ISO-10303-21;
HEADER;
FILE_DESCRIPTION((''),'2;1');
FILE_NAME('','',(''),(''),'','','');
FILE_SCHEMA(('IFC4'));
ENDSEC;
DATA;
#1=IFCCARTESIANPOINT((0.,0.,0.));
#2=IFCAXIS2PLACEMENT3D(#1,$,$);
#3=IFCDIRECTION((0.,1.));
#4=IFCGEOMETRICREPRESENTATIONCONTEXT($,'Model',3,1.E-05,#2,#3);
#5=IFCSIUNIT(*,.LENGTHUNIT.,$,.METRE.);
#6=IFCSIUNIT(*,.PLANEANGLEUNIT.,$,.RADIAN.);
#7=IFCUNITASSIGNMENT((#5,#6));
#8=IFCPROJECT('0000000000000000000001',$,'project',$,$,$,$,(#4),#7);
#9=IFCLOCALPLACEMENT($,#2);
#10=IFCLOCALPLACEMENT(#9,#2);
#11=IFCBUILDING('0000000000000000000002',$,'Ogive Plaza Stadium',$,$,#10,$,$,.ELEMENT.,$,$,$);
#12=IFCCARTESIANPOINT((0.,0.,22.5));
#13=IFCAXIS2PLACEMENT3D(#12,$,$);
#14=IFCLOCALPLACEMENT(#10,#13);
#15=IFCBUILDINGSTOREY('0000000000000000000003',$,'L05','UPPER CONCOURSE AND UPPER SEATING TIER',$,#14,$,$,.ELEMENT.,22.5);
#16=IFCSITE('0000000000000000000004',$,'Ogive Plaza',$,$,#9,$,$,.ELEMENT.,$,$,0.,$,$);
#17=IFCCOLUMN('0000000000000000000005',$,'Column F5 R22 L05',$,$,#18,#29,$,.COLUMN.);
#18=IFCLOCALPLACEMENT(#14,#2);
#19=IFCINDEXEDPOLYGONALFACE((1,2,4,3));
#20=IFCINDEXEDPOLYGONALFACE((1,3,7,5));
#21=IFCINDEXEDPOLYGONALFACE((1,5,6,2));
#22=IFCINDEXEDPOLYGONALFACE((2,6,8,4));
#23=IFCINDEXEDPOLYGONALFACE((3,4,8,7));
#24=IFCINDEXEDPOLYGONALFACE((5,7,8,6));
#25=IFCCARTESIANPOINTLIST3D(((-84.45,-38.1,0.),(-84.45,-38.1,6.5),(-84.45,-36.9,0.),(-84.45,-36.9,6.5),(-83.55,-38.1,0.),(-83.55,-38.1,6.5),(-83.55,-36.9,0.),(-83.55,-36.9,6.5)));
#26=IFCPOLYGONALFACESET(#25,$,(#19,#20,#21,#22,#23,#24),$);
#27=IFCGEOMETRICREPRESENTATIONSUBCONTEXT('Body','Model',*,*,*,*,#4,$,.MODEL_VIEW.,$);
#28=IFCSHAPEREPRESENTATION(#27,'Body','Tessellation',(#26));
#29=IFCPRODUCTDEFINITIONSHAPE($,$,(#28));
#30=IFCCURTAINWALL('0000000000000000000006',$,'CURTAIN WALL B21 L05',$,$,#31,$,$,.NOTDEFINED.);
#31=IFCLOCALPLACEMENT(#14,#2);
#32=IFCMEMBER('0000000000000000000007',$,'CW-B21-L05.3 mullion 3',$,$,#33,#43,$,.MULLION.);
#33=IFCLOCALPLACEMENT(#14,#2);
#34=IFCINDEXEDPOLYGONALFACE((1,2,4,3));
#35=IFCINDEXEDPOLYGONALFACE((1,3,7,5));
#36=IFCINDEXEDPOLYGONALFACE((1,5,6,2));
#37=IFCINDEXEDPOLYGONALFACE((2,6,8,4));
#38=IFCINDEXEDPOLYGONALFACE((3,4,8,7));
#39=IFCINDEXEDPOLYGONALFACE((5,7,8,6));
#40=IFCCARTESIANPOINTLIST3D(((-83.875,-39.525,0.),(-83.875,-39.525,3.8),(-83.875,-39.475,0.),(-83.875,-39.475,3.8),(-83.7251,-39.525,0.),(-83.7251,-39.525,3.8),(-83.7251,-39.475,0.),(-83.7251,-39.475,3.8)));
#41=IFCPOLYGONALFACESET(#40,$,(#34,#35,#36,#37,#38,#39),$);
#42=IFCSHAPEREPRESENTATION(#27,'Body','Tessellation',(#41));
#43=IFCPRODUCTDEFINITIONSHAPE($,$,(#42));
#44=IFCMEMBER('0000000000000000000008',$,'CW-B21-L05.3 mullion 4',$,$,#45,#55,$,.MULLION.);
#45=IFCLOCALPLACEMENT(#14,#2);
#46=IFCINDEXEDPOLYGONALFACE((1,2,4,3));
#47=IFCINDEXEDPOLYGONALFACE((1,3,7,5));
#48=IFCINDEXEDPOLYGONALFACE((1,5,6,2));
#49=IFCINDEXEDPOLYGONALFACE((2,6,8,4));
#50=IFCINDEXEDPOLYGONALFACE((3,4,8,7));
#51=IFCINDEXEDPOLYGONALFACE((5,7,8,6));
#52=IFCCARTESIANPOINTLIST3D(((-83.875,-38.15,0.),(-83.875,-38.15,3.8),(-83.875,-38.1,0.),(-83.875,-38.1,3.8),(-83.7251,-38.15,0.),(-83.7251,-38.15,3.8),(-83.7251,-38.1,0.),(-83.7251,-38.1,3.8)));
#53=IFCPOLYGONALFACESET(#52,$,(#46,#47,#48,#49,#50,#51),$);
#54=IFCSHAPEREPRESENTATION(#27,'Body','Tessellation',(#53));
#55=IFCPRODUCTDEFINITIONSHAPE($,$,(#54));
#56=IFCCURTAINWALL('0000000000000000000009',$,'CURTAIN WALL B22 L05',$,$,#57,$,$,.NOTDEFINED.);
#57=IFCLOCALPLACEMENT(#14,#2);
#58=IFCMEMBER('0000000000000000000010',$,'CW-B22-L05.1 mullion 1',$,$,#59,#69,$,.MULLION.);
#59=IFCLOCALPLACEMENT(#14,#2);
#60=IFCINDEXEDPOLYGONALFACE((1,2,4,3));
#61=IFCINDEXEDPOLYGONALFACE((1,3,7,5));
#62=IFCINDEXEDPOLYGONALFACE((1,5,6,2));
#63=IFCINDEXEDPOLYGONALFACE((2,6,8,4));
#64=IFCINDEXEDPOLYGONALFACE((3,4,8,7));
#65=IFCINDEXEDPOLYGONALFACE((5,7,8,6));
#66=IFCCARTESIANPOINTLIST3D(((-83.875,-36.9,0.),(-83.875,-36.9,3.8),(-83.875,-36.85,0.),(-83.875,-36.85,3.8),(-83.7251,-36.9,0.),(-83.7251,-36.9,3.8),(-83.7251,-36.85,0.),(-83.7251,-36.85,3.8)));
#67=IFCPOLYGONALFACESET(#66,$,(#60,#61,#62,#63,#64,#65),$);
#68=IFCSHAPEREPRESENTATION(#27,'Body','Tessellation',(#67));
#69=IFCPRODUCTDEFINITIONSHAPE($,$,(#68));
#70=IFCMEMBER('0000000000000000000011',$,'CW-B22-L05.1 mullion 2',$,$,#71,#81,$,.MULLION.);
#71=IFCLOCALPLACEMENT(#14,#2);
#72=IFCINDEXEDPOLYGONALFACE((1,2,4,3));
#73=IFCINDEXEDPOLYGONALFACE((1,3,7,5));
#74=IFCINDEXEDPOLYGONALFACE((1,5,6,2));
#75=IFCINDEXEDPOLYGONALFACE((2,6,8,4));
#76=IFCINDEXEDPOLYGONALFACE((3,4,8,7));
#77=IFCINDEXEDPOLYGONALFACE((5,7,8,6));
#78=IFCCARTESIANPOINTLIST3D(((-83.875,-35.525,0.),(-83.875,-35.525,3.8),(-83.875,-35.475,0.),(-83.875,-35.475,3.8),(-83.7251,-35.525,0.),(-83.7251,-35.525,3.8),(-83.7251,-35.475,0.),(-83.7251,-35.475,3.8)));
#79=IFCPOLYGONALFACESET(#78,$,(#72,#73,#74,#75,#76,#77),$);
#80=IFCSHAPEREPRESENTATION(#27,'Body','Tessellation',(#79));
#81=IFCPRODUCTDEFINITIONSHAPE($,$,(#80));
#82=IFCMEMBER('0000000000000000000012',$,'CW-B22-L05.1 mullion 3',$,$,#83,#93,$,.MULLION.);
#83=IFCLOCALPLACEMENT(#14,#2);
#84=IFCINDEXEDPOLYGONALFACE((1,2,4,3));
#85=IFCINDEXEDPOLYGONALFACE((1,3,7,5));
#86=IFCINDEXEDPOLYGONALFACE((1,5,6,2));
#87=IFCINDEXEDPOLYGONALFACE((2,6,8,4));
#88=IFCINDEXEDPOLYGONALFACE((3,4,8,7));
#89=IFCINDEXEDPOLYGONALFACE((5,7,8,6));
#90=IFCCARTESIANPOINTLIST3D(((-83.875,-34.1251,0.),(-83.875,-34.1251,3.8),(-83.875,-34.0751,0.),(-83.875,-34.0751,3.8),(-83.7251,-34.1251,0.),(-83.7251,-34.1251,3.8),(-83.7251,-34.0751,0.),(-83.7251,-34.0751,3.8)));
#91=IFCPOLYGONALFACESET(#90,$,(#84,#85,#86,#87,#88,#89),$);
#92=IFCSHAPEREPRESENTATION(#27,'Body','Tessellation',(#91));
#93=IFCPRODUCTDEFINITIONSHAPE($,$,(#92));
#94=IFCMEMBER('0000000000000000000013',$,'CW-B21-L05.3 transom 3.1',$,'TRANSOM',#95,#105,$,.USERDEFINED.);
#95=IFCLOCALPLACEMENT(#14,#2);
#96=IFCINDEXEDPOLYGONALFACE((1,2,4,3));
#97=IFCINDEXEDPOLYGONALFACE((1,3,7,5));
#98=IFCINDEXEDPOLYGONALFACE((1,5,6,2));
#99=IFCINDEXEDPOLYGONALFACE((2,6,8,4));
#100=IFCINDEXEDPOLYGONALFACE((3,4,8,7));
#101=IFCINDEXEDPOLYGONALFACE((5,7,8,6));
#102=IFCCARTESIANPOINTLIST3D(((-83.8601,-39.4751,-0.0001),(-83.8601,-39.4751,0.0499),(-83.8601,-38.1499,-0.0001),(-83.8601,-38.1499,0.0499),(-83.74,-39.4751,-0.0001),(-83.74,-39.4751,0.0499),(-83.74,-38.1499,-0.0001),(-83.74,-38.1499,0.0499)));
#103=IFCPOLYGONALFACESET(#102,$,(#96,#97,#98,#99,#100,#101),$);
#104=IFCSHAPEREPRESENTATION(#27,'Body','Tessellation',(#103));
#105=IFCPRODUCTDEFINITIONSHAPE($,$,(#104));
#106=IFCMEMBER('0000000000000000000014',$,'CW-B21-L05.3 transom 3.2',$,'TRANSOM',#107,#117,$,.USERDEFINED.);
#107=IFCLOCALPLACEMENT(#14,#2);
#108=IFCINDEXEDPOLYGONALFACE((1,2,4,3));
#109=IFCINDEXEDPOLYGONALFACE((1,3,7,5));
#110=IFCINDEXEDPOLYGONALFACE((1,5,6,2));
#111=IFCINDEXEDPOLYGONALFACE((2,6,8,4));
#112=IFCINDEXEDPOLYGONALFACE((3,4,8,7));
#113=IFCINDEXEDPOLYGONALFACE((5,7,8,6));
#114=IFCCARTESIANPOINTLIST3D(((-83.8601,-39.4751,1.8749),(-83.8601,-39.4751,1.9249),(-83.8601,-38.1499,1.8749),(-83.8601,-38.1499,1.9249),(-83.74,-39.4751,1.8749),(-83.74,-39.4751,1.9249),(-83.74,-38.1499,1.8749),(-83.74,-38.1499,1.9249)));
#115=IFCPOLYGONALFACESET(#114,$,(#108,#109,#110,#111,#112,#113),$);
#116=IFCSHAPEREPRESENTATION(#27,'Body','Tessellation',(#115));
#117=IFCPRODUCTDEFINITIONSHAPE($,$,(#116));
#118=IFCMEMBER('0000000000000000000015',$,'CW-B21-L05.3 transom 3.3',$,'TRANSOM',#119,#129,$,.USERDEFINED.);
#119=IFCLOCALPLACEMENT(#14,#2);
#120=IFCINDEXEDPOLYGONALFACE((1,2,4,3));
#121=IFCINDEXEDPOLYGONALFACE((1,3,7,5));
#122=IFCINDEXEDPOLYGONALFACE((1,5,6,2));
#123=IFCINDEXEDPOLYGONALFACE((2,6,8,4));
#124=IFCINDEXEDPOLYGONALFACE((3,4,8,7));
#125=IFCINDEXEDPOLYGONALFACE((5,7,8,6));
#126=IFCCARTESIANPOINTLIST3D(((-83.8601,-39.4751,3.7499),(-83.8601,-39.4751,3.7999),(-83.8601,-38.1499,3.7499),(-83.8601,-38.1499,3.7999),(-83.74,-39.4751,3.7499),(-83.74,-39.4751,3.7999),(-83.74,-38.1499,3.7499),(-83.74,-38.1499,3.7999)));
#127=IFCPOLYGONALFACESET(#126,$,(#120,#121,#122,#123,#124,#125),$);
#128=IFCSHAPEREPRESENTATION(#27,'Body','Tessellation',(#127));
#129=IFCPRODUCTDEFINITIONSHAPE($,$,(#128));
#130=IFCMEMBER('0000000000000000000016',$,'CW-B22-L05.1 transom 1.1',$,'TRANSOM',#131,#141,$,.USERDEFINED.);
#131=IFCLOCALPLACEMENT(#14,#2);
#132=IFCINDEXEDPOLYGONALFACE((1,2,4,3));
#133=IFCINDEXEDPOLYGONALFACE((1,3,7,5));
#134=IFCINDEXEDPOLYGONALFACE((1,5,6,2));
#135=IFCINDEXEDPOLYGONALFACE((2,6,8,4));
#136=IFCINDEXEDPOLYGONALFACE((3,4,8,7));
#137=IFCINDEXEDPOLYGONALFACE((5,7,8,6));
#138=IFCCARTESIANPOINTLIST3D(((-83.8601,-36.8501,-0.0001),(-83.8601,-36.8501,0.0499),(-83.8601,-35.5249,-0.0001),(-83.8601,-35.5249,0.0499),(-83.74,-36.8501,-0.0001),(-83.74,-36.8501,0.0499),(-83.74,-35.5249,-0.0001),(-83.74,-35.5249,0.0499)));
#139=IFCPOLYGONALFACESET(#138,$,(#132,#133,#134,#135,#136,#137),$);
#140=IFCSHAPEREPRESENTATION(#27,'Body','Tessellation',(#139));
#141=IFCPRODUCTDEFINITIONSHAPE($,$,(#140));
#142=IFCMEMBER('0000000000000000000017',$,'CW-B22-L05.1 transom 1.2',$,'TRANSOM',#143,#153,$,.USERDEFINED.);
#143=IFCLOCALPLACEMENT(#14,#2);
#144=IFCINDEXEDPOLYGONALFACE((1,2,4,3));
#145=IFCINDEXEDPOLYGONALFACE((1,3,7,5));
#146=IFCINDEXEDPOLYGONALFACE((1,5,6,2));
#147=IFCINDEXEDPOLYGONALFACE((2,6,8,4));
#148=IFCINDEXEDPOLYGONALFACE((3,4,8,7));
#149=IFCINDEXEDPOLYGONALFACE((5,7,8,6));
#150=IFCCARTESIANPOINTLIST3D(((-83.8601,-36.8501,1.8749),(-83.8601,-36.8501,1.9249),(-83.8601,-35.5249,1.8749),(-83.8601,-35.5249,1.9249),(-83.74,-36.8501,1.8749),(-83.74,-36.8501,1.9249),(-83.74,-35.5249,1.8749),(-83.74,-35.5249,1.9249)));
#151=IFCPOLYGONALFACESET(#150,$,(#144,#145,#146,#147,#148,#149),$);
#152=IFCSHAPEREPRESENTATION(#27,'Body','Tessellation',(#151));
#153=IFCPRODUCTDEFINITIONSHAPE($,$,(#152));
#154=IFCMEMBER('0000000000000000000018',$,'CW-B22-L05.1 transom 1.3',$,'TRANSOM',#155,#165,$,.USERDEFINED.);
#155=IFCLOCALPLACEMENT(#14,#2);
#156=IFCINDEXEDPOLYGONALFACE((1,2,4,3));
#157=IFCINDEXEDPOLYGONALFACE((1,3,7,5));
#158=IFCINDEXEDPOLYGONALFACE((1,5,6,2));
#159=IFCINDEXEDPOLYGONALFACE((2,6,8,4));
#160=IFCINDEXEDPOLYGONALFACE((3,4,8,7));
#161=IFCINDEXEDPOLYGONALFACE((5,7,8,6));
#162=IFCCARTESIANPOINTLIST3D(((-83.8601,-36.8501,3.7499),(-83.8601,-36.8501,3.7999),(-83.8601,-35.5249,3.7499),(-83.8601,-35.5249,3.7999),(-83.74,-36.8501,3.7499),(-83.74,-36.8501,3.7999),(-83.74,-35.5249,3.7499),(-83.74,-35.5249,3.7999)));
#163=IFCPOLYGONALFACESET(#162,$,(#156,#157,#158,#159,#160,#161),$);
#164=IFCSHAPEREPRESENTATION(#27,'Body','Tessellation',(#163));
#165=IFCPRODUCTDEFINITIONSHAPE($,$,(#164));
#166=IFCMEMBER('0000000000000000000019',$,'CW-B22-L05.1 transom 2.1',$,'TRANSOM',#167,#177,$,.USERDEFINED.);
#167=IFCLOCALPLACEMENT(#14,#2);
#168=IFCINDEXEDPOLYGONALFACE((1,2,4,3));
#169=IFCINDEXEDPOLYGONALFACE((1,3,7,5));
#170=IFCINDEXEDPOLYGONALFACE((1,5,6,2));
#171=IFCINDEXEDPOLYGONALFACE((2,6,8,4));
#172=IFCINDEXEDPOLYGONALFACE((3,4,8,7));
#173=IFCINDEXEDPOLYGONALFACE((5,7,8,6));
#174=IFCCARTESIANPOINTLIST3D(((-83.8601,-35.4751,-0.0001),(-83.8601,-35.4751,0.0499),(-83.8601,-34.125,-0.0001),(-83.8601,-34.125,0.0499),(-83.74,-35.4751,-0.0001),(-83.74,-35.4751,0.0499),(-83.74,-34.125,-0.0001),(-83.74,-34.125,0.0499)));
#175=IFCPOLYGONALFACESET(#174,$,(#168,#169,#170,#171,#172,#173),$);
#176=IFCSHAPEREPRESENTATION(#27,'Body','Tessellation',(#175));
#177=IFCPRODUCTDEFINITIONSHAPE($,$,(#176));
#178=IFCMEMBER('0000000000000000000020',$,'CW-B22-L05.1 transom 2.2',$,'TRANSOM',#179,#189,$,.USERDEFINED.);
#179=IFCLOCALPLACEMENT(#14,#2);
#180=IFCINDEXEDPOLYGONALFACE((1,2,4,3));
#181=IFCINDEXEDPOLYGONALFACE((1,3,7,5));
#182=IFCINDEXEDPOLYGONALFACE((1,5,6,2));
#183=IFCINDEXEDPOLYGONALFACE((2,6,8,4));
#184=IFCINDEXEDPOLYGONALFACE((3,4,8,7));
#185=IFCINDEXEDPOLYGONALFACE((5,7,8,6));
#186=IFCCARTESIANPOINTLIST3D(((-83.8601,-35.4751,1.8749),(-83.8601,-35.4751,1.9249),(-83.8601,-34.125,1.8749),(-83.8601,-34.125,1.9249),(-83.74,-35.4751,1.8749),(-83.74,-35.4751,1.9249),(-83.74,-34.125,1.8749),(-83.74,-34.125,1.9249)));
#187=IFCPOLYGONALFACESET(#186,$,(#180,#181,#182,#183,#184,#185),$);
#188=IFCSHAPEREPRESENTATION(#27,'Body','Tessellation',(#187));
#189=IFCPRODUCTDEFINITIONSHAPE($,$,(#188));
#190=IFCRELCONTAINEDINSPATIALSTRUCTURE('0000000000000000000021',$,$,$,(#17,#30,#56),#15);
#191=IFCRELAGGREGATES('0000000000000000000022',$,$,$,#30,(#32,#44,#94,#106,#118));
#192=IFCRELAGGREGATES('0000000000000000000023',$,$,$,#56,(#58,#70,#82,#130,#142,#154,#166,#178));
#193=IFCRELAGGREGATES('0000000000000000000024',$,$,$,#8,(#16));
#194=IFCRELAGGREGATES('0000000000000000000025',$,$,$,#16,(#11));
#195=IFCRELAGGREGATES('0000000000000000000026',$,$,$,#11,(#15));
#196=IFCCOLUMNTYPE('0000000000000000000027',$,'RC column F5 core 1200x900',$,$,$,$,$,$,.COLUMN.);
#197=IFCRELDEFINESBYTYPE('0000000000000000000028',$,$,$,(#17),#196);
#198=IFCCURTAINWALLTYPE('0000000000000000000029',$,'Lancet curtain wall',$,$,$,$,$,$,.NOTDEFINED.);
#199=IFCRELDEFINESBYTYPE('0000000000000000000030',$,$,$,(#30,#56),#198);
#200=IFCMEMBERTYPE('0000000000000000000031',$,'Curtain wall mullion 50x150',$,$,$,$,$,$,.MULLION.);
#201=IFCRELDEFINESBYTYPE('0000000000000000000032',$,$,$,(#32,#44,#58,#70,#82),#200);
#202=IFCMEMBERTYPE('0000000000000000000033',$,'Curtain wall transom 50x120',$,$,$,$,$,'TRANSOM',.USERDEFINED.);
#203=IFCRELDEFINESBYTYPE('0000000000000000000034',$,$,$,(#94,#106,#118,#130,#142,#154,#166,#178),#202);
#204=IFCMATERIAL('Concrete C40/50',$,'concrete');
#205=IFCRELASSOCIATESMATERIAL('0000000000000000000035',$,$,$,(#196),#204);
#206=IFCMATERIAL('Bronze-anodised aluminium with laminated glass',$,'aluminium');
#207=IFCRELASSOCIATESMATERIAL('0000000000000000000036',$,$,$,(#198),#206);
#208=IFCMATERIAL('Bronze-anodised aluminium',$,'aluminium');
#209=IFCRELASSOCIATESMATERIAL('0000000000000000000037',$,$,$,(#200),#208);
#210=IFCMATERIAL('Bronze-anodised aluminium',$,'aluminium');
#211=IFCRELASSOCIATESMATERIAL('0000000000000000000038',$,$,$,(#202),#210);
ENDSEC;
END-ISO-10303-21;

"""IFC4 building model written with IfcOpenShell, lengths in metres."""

from ifc_helpers import new_model, si_unit, direction, frame, origin, origin_2d, place, context, subcontext, project, spatial, rectangle, extrude, material, material_profile, profile_set, type_object, element, aggregate, save


model = new_model("IFC4")

# Units and contexts
model_context = context("Model", 3, precision=1e-05, world=origin(), true_north=direction((0.0, 1.0)))
body_context = subcontext(model_context, "Body", "Model", "MODEL_VIEW")
ifc_project = project(units=[si_unit("LENGTHUNIT", "METRE"), si_unit("PLANEANGLEUNIT", "RADIAN")], contexts=[model_context])

# Site, building, storey
site_placement = place(None, origin())
site = spatial("IfcSite", under=ifc_project, at=site_placement, Name="Ogive Plaza", CompositionType="ELEMENT", RefElevation=0.0)
building_placement = place(site_placement, origin())
building = spatial("IfcBuilding", under=site, at=building_placement, Name="Ogive Plaza Stadium", CompositionType="ELEMENT")
storey_placement = place(building_placement, frame((0.0, 0.0, 22.5)))
storey = spatial("IfcBuildingStorey", under=building, at=storey_placement, Name="L05", Description="UPPER CONCOURSE AND UPPER SEATING TIER", CompositionType="ELEMENT", Elevation=22.5)

# Column
ifc_material_1 = material(Name="Concrete C40/50", Category="concrete")
ifc_material_profile_1 = material_profile(ifc_material_1, rectangle(XDim=1.2, YDim=0.8999, at=origin_2d()), Name="RC 1200x900")
ifc_profile_set_1 = profile_set([ifc_material_profile_1], Name="Concrete C40/50")
column_type = type_object("IfcColumnType", Name="RC column F5 core 1200x900", PredefinedType="COLUMN", material=ifc_profile_set_1)
column_placement = place(storey_placement, frame((-84.0, -37.5, 0.0), z_axis=(0.0, 0.0, 1.0), x_axis=(0.0, -1.0, 0.0)))
element("IfcColumn", 1, at=column_placement, inside=storey, type_object=column_type, Name="Column F5 R22 L05", PredefinedType="COLUMN", context=body_context, shape_type="SweptSolid", body=[
    extrude(rectangle(XDim=1.2, YDim=0.8999, at=origin_2d()), origin(), (0.0, 0.0, 1.0), 6.5),
])

# Curtain walls, members
ifc_material_2 = material(Name="Bronze-anodised aluminium with laminated glass", Category="aluminium")
curtain_wall_type = type_object("IfcCurtainWallType", Name="Lancet curtain wall", PredefinedType="NOTDEFINED", material=ifc_material_2)
curtain_wall_1_placement = place(storey_placement, origin())
curtain_wall_1 = element("IfcCurtainWall", 2, at=curtain_wall_1_placement, inside=storey, type_object=curtain_wall_type, Name="CURTAIN WALL B21 L05", PredefinedType="NOTDEFINED")
ifc_material_3 = material(Name="Bronze-anodised aluminium", Category="aluminium")
ifc_material_profile_2 = material_profile(ifc_material_3, rectangle(XDim=0.1499, YDim=0.05, at=origin_2d()), Name="AL 150x50")
ifc_profile_set_2 = profile_set([ifc_material_profile_2], Name="Bronze-anodised aluminium")
member_type_1 = type_object("IfcMemberType", Name="Curtain wall mullion 50x150", PredefinedType="MULLION", material=ifc_profile_set_2)
member_1_placement = place(storey_placement, frame((-83.8, -39.5, 0.0), z_axis=(0.0, 0.0, 1.0), x_axis=(-1.0, 0.0, 0.0)))
member_1 = element("IfcMember", 3, at=member_1_placement, type_object=member_type_1, Name="CW-B21-L05.3 mullion 3", PredefinedType="MULLION", context=body_context, shape_type="SweptSolid", body=[
    extrude(rectangle(XDim=0.1499, YDim=0.05, at=origin_2d()), origin(), (0.0, 0.0, 1.0), 3.8),
])
member_2_placement = place(storey_placement, frame((-83.8, -38.125, 0.0), z_axis=(0.0, 0.0, 1.0), x_axis=(-1.0, 0.0, 0.0)))
member_2 = element("IfcMember", 4, at=member_2_placement, type_object=member_type_1, Name="CW-B21-L05.3 mullion 4", PredefinedType="MULLION", context=body_context, shape_type="SweptSolid", body=[
    extrude(rectangle(XDim=0.1499, YDim=0.05, at=origin_2d()), origin(), (0.0, 0.0, 1.0), 3.8),
])
curtain_wall_2_placement = place(storey_placement, origin())
curtain_wall_2 = element("IfcCurtainWall", 5, at=curtain_wall_2_placement, inside=storey, type_object=curtain_wall_type, Name="CURTAIN WALL B22 L05", PredefinedType="NOTDEFINED")
member_3_placement = place(storey_placement, frame((-83.8, -36.875, 0.0), z_axis=(0.0, 0.0, 1.0), x_axis=(-1.0, 0.0, 0.0)))
member_3 = element("IfcMember", 6, at=member_3_placement, type_object=member_type_1, Name="CW-B22-L05.1 mullion 1", PredefinedType="MULLION", context=body_context, shape_type="SweptSolid", body=[
    extrude(rectangle(XDim=0.1499, YDim=0.05, at=origin_2d()), origin(), (0.0, 0.0, 1.0), 3.8),
])
member_4_placement = place(storey_placement, frame((-83.8, -35.5, 0.0), z_axis=(0.0, 0.0, 1.0), x_axis=(-1.0, 0.0, 0.0)))
member_4 = element("IfcMember", 7, at=member_4_placement, type_object=member_type_1, Name="CW-B22-L05.1 mullion 2", PredefinedType="MULLION", context=body_context, shape_type="SweptSolid", body=[
    extrude(rectangle(XDim=0.1499, YDim=0.05, at=origin_2d()), origin(), (0.0, 0.0, 1.0), 3.8),
])
member_5_placement = place(storey_placement, frame((-83.8, -34.1001, 0.0), z_axis=(0.0, 0.0, 1.0), x_axis=(-1.0, 0.0, 0.0)))
member_5 = element("IfcMember", 8, at=member_5_placement, type_object=member_type_1, Name="CW-B22-L05.1 mullion 3", PredefinedType="MULLION", context=body_context, shape_type="SweptSolid", body=[
    extrude(rectangle(XDim=0.1499, YDim=0.05, at=origin_2d()), origin(), (0.0, 0.0, 1.0), 3.8),
])

# Members
ifc_material_4 = material(Name="Bronze-anodised aluminium", Category="aluminium")
ifc_material_profile_3 = material_profile(ifc_material_4, rectangle(XDim=0.1201, YDim=0.05, at=origin_2d()), Name="AL 120x50")
ifc_profile_set_3 = profile_set([ifc_material_profile_3], Name="Bronze-anodised aluminium")
member_type_2 = type_object("IfcMemberType", Name="Curtain wall transom 50x120", ElementType="TRANSOM", PredefinedType="USERDEFINED", material=ifc_profile_set_3)
member_6_placement = place(storey_placement, frame((-83.8, -39.4751, 0.0249), z_axis=(0.0, 1.0, 0.0), x_axis=(-1.0, 0.0, 0.0)))
member_6 = element("IfcMember", 9, at=member_6_placement, type_object=member_type_2, Name="CW-B21-L05.3 transom 3.1", ObjectType="TRANSOM", PredefinedType="USERDEFINED", context=body_context, shape_type="SweptSolid", body=[
    extrude(rectangle(XDim=0.1201, YDim=0.05, at=origin_2d()), origin(), (0.0, 0.0, 1.0), 1.3252),
])
member_7_placement = place(storey_placement, frame((-83.8, -39.4751, 1.8999), z_axis=(0.0, 1.0, 0.0), x_axis=(-1.0, 0.0, 0.0)))
member_7 = element("IfcMember", 10, at=member_7_placement, type_object=member_type_2, Name="CW-B21-L05.3 transom 3.2", ObjectType="TRANSOM", PredefinedType="USERDEFINED", context=body_context, shape_type="SweptSolid", body=[
    extrude(rectangle(XDim=0.1201, YDim=0.05, at=origin_2d()), origin(), (0.0, 0.0, 1.0), 1.3252),
])
member_8_placement = place(storey_placement, frame((-83.8, -39.4751, 3.7749), z_axis=(0.0, 1.0, 0.0), x_axis=(-1.0, 0.0, 0.0)))
member_8 = element("IfcMember", 11, at=member_8_placement, type_object=member_type_2, Name="CW-B21-L05.3 transom 3.3", ObjectType="TRANSOM", PredefinedType="USERDEFINED", context=body_context, shape_type="SweptSolid", body=[
    extrude(rectangle(XDim=0.1201, YDim=0.05, at=origin_2d()), origin(), (0.0, 0.0, 1.0), 1.3252),
])
member_9_placement = place(storey_placement, frame((-83.8, -36.8501, 0.0249), z_axis=(0.0, 1.0, 0.0), x_axis=(-1.0, 0.0, 0.0)))
member_9 = element("IfcMember", 12, at=member_9_placement, type_object=member_type_2, Name="CW-B22-L05.1 transom 1.1", ObjectType="TRANSOM", PredefinedType="USERDEFINED", context=body_context, shape_type="SweptSolid", body=[
    extrude(rectangle(XDim=0.1201, YDim=0.05, at=origin_2d()), origin(), (0.0, 0.0, 1.0), 1.3252),
])
member_10_placement = place(storey_placement, frame((-83.8, -36.8501, 1.8999), z_axis=(0.0, 1.0, 0.0), x_axis=(-1.0, 0.0, 0.0)))
member_10 = element("IfcMember", 13, at=member_10_placement, type_object=member_type_2, Name="CW-B22-L05.1 transom 1.2", ObjectType="TRANSOM", PredefinedType="USERDEFINED", context=body_context, shape_type="SweptSolid", body=[
    extrude(rectangle(XDim=0.1201, YDim=0.05, at=origin_2d()), origin(), (0.0, 0.0, 1.0), 1.3252),
])
member_11_placement = place(storey_placement, frame((-83.8, -36.8501, 3.7749), z_axis=(0.0, 1.0, 0.0), x_axis=(-1.0, 0.0, 0.0)))
member_11 = element("IfcMember", 14, at=member_11_placement, type_object=member_type_2, Name="CW-B22-L05.1 transom 1.3", ObjectType="TRANSOM", PredefinedType="USERDEFINED", context=body_context, shape_type="SweptSolid", body=[
    extrude(rectangle(XDim=0.1201, YDim=0.05, at=origin_2d()), origin(), (0.0, 0.0, 1.0), 1.3252),
])
member_12_placement = place(storey_placement, frame((-83.8, -35.4751, 0.0249), z_axis=(0.0, 1.0, 0.0), x_axis=(-1.0, 0.0, 0.0)))
member_12 = element("IfcMember", 15, at=member_12_placement, type_object=member_type_2, Name="CW-B22-L05.1 transom 2.1", ObjectType="TRANSOM", PredefinedType="USERDEFINED", context=body_context, shape_type="SweptSolid", body=[
    extrude(rectangle(XDim=0.1201, YDim=0.05, at=origin_2d()), origin(), (0.0, 0.0, 1.0), 1.3501),
])
member_13_placement = place(storey_placement, frame((-83.8, -35.4751, 1.8999), z_axis=(0.0, 1.0, 0.0), x_axis=(-1.0, 0.0, 0.0)))
member_13 = element("IfcMember", 16, at=member_13_placement, type_object=member_type_2, Name="CW-B22-L05.1 transom 2.2", ObjectType="TRANSOM", PredefinedType="USERDEFINED", context=body_context, shape_type="SweptSolid", body=[
    extrude(rectangle(XDim=0.1201, YDim=0.05, at=origin_2d()), origin(), (0.0, 0.0, 1.0), 1.3501),
])

aggregate(curtain_wall_1, [member_1, member_2, member_6, member_7, member_8])
aggregate(curtain_wall_2, [member_3, member_4, member_5, member_9, member_10, member_11, member_12, member_13])

save(model, "model.ifc")
